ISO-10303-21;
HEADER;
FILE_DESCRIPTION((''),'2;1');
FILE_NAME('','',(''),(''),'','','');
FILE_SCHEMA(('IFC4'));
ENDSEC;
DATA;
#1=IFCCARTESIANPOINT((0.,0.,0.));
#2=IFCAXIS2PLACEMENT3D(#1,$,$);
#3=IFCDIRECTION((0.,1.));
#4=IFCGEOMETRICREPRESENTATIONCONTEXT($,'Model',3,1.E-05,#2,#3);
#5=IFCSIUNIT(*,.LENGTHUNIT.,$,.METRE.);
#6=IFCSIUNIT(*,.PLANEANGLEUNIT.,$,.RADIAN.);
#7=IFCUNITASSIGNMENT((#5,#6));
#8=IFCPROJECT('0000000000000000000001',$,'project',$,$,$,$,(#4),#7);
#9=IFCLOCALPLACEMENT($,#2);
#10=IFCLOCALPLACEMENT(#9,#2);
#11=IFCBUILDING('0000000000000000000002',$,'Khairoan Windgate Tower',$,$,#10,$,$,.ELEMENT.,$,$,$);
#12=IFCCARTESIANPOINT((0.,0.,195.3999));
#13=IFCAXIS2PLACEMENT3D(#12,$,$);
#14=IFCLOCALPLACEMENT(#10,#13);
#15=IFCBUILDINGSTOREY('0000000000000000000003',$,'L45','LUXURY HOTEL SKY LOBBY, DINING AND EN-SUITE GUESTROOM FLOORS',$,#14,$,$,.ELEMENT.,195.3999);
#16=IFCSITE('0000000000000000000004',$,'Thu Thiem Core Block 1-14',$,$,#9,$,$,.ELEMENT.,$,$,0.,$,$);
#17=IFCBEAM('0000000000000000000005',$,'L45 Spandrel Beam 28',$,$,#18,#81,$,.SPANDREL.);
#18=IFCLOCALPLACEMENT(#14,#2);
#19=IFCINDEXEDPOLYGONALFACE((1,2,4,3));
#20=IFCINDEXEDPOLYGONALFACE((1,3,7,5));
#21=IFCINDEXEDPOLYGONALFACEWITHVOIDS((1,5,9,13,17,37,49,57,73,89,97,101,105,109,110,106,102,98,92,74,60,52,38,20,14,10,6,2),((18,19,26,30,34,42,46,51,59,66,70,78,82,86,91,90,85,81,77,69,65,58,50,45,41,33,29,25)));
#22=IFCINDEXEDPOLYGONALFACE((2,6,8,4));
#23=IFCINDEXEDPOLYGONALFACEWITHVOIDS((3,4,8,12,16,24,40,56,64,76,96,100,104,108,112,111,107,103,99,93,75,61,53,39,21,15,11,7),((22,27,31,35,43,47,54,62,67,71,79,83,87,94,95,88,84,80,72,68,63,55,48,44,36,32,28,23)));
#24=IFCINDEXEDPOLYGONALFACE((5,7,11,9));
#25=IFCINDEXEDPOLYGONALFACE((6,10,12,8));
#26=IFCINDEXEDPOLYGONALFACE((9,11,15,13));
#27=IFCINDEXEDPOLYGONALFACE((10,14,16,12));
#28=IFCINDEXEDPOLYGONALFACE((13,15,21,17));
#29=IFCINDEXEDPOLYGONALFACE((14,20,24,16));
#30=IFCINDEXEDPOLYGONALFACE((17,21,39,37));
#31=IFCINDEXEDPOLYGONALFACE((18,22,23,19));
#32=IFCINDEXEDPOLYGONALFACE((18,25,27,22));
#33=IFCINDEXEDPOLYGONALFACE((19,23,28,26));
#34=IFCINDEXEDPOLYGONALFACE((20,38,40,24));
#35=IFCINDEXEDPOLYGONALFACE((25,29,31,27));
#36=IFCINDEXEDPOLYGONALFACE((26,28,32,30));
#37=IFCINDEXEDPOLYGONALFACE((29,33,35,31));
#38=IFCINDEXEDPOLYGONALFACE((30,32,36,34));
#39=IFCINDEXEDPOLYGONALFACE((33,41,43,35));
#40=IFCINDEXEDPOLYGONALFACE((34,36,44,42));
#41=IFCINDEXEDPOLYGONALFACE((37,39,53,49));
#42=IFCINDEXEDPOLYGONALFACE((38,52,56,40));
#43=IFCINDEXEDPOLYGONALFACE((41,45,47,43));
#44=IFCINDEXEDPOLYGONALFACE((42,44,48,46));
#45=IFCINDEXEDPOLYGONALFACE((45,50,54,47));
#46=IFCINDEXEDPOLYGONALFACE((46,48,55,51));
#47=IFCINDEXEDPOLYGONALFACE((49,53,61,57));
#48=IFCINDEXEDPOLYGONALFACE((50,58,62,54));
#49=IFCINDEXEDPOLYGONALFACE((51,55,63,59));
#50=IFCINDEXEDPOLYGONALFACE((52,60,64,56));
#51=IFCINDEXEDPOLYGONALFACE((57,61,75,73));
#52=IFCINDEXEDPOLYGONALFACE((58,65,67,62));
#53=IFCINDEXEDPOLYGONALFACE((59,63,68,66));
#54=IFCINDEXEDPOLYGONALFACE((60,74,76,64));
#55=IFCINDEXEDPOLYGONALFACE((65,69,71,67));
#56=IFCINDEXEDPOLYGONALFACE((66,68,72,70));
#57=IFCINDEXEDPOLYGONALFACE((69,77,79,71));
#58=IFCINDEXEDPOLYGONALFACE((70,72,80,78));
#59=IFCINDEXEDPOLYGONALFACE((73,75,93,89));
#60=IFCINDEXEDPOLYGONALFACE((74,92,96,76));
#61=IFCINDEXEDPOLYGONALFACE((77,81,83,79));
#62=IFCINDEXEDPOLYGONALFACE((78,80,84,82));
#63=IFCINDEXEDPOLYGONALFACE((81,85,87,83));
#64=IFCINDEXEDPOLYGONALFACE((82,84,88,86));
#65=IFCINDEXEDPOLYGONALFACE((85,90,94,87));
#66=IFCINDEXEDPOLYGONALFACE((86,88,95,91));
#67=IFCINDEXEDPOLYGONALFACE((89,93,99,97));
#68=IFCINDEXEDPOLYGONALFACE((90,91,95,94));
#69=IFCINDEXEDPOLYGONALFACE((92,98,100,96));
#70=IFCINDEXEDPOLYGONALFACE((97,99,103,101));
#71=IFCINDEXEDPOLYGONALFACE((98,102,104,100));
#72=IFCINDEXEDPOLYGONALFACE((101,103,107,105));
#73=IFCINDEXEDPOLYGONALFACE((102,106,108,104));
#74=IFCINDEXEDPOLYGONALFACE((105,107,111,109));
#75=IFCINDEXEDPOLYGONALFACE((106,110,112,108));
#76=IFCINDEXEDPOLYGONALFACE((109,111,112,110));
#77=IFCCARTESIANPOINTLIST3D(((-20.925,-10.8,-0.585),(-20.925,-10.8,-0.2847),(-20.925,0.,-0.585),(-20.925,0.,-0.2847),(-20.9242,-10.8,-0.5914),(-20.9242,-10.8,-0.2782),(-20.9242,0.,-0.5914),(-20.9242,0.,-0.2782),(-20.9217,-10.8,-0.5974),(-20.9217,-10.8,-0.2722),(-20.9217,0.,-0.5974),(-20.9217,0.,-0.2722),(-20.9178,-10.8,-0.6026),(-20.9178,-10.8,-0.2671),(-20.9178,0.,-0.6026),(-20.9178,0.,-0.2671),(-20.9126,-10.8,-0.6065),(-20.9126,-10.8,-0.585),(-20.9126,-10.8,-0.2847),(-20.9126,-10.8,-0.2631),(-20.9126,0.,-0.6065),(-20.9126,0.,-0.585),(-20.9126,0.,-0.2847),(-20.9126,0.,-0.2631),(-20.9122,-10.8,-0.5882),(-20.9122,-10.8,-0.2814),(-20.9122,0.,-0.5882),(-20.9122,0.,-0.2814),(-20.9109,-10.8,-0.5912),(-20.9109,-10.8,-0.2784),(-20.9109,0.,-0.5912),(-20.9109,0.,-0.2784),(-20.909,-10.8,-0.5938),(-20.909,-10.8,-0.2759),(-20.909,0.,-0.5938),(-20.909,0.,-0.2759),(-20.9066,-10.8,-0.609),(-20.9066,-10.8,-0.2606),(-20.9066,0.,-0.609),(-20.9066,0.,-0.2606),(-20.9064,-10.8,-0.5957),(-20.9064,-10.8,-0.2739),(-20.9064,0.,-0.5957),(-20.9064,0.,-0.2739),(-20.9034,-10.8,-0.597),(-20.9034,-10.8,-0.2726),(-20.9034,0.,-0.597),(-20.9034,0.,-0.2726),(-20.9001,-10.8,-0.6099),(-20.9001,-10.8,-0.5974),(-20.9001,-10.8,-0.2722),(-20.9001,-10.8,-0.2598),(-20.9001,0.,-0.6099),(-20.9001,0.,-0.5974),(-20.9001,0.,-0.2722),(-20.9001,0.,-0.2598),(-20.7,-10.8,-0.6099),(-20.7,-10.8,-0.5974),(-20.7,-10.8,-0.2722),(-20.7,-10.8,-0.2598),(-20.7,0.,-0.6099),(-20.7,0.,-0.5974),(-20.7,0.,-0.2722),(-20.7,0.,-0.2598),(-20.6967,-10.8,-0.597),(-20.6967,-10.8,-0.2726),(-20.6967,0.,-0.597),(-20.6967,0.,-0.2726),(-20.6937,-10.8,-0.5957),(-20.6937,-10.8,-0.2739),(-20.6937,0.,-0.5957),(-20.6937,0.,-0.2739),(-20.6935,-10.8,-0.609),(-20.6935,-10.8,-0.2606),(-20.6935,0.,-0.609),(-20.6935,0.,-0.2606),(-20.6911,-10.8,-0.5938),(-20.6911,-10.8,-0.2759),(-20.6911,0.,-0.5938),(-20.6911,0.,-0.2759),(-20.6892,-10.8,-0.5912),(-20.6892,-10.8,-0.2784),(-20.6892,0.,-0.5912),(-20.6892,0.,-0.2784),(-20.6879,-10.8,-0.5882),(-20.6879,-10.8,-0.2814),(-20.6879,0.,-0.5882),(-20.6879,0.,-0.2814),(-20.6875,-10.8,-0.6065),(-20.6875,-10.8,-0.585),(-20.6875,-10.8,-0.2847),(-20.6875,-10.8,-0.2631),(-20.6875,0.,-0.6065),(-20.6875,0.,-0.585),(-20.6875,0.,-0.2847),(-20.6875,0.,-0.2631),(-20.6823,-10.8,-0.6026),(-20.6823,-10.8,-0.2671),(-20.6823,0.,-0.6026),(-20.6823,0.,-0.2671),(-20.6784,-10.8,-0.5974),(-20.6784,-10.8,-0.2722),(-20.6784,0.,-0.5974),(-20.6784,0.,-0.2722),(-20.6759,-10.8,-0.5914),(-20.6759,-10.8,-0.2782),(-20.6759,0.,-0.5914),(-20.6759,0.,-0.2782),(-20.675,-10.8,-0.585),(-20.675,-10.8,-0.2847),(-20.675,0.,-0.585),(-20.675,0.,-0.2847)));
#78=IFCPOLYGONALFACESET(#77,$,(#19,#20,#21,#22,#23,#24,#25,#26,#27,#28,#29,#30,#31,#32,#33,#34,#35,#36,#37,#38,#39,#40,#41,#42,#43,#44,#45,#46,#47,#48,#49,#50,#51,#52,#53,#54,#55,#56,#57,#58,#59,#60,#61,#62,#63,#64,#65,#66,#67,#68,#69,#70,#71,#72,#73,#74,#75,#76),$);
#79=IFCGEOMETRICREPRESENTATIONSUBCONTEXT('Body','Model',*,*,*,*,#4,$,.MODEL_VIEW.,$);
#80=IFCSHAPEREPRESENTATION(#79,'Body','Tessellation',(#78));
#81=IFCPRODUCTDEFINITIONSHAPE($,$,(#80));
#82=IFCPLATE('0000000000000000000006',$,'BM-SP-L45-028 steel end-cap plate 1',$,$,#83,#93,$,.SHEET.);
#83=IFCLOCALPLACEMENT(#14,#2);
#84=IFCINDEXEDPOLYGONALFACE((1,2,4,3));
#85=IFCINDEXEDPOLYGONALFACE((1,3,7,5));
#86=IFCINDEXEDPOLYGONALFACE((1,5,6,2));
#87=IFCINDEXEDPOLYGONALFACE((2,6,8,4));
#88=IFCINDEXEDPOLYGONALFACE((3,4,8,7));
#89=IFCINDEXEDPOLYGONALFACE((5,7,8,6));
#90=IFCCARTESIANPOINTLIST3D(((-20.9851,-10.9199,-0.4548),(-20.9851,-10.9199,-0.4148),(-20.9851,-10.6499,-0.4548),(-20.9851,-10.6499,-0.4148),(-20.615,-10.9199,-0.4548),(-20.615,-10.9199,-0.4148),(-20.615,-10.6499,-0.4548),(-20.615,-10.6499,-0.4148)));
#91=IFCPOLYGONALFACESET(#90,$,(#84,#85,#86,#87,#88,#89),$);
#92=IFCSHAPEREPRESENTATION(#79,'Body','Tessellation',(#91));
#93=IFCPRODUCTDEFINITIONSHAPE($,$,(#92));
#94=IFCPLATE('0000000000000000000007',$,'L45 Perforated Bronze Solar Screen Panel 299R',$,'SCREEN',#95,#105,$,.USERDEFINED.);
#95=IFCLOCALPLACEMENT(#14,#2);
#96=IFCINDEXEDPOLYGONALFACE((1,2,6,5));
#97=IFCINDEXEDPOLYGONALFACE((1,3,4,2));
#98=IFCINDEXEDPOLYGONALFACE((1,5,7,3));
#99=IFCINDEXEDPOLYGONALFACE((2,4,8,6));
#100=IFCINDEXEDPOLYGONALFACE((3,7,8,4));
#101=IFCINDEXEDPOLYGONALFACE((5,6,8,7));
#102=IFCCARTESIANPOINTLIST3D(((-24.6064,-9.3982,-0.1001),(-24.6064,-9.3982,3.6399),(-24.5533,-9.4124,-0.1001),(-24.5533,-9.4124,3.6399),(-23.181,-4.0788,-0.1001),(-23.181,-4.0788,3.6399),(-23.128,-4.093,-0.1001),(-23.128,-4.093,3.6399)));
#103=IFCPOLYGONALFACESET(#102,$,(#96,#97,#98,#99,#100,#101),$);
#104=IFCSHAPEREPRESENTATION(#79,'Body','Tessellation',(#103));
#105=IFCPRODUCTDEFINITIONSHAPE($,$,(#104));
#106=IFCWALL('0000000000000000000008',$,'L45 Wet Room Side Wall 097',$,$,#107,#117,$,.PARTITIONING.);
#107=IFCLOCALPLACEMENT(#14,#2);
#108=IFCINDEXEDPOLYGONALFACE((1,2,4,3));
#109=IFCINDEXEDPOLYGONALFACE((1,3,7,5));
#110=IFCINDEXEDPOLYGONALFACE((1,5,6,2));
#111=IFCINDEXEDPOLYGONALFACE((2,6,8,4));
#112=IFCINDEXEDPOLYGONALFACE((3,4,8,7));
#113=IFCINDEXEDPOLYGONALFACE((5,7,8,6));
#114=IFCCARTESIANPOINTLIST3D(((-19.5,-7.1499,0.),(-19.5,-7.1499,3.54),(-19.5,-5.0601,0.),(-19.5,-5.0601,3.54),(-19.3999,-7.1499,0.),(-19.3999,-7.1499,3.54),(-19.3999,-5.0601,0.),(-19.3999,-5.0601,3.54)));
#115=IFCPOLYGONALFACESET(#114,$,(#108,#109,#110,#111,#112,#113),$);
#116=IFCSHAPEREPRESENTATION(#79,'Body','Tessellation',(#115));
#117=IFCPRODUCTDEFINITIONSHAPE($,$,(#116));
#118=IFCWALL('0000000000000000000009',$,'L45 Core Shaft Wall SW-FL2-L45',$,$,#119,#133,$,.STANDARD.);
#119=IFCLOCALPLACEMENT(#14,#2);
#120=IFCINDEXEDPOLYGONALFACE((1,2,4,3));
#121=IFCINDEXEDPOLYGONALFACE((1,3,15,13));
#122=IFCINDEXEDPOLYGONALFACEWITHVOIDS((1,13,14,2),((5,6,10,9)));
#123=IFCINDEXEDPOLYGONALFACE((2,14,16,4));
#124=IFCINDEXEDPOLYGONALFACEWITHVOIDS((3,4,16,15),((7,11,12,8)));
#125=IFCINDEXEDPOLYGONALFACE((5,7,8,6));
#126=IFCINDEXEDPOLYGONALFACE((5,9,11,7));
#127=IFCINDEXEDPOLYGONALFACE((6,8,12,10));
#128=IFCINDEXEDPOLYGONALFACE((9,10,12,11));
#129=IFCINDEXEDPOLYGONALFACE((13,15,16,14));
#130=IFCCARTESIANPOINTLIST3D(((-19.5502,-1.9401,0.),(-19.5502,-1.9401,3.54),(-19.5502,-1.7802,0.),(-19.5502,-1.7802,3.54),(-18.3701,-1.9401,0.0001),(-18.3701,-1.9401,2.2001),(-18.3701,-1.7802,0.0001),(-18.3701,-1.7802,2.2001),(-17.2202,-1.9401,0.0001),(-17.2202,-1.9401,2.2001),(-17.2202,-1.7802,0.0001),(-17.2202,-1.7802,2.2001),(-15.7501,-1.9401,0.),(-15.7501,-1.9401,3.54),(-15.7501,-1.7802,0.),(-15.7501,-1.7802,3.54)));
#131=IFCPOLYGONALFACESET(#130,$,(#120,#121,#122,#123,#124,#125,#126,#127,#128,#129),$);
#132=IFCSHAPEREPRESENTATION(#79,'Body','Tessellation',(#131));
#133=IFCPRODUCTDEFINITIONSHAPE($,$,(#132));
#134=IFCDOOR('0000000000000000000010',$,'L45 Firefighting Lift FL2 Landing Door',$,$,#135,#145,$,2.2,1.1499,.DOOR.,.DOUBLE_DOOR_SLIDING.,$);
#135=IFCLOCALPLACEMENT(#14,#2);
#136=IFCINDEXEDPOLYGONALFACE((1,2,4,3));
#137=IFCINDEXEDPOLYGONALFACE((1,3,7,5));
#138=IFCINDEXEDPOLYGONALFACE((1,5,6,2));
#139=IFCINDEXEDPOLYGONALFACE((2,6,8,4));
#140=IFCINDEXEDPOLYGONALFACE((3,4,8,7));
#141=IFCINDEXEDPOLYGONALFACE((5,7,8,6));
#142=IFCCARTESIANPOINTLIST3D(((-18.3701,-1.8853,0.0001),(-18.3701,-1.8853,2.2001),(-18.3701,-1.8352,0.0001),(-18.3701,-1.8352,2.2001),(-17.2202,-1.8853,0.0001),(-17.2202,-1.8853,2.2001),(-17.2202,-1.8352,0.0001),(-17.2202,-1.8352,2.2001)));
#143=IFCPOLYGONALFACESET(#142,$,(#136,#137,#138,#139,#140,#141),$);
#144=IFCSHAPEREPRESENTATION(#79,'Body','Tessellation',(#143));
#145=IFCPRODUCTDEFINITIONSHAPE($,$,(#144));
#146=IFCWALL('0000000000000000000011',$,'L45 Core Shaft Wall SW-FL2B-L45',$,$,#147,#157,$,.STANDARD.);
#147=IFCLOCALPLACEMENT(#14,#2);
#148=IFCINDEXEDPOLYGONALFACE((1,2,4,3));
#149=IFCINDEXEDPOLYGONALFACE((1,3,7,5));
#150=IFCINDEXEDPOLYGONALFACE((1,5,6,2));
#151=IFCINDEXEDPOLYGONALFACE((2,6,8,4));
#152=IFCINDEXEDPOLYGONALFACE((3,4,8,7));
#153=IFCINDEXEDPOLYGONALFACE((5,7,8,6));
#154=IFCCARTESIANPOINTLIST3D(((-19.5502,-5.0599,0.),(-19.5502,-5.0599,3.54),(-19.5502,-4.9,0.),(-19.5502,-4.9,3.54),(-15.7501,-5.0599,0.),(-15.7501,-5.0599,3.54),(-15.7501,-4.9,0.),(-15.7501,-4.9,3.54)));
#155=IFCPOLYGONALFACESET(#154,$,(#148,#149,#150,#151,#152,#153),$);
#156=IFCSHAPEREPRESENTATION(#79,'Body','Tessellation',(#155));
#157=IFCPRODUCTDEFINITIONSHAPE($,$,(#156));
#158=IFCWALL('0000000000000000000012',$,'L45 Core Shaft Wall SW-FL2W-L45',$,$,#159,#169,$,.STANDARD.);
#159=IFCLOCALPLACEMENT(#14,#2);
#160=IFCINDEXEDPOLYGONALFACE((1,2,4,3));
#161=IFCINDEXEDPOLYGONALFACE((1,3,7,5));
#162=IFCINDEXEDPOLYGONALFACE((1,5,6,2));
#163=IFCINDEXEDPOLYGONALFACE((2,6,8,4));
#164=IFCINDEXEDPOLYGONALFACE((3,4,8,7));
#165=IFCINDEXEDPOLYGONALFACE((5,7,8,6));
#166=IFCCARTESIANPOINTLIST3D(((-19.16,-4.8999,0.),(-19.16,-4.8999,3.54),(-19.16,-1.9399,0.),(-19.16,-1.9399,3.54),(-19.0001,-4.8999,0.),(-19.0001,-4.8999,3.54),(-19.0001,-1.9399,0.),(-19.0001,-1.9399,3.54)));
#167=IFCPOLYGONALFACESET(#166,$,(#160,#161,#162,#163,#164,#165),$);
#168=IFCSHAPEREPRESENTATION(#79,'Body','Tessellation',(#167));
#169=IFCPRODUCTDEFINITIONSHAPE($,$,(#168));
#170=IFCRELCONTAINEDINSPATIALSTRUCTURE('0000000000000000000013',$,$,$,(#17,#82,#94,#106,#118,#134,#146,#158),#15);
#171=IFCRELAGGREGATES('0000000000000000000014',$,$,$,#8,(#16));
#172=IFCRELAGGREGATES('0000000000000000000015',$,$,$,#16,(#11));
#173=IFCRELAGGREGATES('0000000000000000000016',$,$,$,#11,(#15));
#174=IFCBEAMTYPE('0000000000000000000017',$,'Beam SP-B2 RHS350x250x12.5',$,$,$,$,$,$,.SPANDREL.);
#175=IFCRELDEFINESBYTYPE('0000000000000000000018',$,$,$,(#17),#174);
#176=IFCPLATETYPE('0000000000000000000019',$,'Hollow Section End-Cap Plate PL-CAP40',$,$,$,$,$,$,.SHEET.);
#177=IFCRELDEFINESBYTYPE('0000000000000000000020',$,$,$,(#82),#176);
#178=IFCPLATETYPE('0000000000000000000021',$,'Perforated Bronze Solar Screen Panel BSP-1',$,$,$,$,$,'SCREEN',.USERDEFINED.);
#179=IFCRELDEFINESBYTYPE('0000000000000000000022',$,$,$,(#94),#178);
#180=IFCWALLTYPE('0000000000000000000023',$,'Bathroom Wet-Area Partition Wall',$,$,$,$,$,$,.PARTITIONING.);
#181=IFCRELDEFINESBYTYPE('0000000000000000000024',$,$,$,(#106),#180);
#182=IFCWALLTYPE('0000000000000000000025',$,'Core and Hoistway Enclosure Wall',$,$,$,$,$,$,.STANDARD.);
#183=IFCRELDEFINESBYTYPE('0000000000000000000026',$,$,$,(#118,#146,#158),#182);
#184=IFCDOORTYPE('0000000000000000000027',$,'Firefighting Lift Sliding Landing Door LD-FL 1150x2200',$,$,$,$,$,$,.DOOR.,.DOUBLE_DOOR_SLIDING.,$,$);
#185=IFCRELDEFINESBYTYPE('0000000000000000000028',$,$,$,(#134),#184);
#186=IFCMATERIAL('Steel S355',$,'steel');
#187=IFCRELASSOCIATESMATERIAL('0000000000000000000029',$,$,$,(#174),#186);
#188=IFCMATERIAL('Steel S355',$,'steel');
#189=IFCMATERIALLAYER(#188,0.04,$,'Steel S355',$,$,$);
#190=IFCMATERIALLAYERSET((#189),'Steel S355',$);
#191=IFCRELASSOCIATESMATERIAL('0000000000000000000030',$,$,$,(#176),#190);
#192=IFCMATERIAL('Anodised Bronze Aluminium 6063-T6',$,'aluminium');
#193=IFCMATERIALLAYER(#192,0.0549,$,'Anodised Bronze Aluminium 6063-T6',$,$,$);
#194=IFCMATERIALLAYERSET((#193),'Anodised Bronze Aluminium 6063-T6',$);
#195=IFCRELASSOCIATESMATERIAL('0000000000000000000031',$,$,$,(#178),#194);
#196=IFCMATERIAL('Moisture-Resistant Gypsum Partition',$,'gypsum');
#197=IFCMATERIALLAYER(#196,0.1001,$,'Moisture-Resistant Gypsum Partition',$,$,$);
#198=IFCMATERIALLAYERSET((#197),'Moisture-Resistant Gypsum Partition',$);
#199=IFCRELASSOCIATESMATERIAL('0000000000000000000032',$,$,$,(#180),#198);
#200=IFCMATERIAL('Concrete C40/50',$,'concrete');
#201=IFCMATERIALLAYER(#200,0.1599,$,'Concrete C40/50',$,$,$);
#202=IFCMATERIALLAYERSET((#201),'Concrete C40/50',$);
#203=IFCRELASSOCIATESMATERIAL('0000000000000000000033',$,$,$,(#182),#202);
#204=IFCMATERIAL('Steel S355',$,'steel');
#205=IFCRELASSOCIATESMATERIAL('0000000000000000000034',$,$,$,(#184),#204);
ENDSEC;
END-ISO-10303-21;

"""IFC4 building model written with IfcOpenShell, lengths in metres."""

from ifc_helpers import new_model, si_unit, direction, frame, frame_2d, origin, origin_2d, place, context, subcontext, project, spatial, rectangle, hollow_rectangle, extrude, material, layer, layer_set, material_profile, profile_set, type_object, element, fill, save


model = new_model("IFC4")

# Units and contexts
model_context = context("Model", 3, precision=1e-05, world=origin(), true_north=direction((0.0, 1.0)))
body_context = subcontext(model_context, "Body", "Model", "MODEL_VIEW")
ifc_project = project(units=[si_unit("LENGTHUNIT", "METRE"), si_unit("PLANEANGLEUNIT", "RADIAN")], contexts=[model_context])

# Site, building, storey
site_placement = place(None, origin())
site = spatial("IfcSite", under=ifc_project, at=site_placement, Name="Thu Thiem Core Block 1-14", CompositionType="ELEMENT", RefElevation=0.0)
building_placement = place(site_placement, origin())
building = spatial("IfcBuilding", under=site, at=building_placement, Name="Khairoan Windgate Tower", CompositionType="ELEMENT")
storey_placement = place(building_placement, frame((0.0, 0.0, 195.3999)))
storey = spatial("IfcBuildingStorey", under=building, at=storey_placement, Name="L45", Description="LUXURY HOTEL SKY LOBBY, DINING AND EN-SUITE GUESTROOM FLOORS", CompositionType="ELEMENT", Elevation=195.3999)

# Beam
ifc_material_1 = material(Name="Steel S355", Category="steel")
ifc_material_profile_1 = material_profile(ifc_material_1, hollow_rectangle(XDim=0.25, YDim=0.3501, WallThickness=0.0125, InnerFilletRadius=0.0125, OuterFilletRadius=0.0249, at=origin_2d()))
ifc_profile_set_1 = profile_set([ifc_material_profile_1], Name="Steel S355")
beam_type_1 = type_object("IfcBeamType", Name="Beam SP-B2 RHS350x250x12.5", PredefinedType="SPANDREL", material=ifc_profile_set_1)
beam_1_placement = place(storey_placement, frame((-20.8, -10.8, -0.4348), z_axis=(0.0, 1.0, 0.0), x_axis=(-1.0, 0.0, 0.0)))
element("IfcBeam", 1, at=beam_1_placement, inside=storey, type_object=beam_type_1, Name="L45 Spandrel Beam 28", PredefinedType="SPANDREL", context=body_context, shape_type="SweptSolid", body=[
    extrude(hollow_rectangle(XDim=0.25, YDim=0.3501, WallThickness=0.0125, InnerFilletRadius=0.0125, OuterFilletRadius=0.0249, at=origin_2d()), origin(), (0.0, 0.0, 1.0), 10.8),
])

# Plates
ifc_material_2 = material(Name="Steel S355", Category="steel")
ifc_layer_1 = layer(ifc_material_2, 0.04, Name="Steel S355")
ifc_layer_set_1 = layer_set([ifc_layer_1], Name="Steel S355")
plate_type_1 = type_object("IfcPlateType", Name="Hollow Section End-Cap Plate PL-CAP40", PredefinedType="SHEET", material=ifc_layer_set_1)
plate_1_placement = place(storey_placement, frame((-20.8, -10.7849, -0.4548), z_axis=(0.0, 0.0, 1.0), x_axis=(0.0, 1.0, 0.0)))
element("IfcPlate", 2, at=plate_1_placement, inside=storey, type_object=plate_type_1, Name="BM-SP-L45-028 steel end-cap plate 1", PredefinedType="SHEET", context=body_context, shape_type="SweptSolid", body=[
    extrude(rectangle(XDim=0.27, YDim=0.3701, at=origin_2d()), origin(), (0.0, 0.0, 1.0), 0.04),
])
ifc_material_3 = material(Name="Anodised Bronze Aluminium 6063-T6", Category="aluminium")
ifc_layer_2 = layer(ifc_material_3, 0.0549, Name="Anodised Bronze Aluminium 6063-T6")
ifc_layer_set_2 = layer_set([ifc_layer_2], Name="Anodised Bronze Aluminium 6063-T6")
plate_type_2 = type_object("IfcPlateType", Name="Perforated Bronze Solar Screen Panel BSP-1", ElementType="SCREEN", PredefinedType="USERDEFINED", material=ifc_layer_set_2)
plate_2_placement = place(storey_placement, frame((-23.8672, -6.7456, -0.1001), z_axis=(0.0, 0.0, 1.0), x_axis=(0.258819, 0.965926, 0.0)))
element("IfcPlate", 3, at=plate_2_placement, inside=storey, type_object=plate_type_2, Name="L45 Perforated Bronze Solar Screen Panel 299R", ObjectType="SCREEN", PredefinedType="USERDEFINED", context=body_context, shape_type="SweptSolid", body=[
    extrude(rectangle(XDim=5.5071, YDim=0.0549, at=origin_2d()), origin(), (0.0, 0.0, 1.0), 3.74),
])

# Wall
ifc_material_4 = material(Name="Moisture-Resistant Gypsum Partition", Category="gypsum")
ifc_layer_3 = layer(ifc_material_4, 0.1001, Name="Moisture-Resistant Gypsum Partition")
ifc_layer_set_3 = layer_set([ifc_layer_3], Name="Moisture-Resistant Gypsum Partition")
wall_type_1 = type_object("IfcWallType", Name="Bathroom Wet-Area Partition Wall", PredefinedType="PARTITIONING", material=ifc_layer_set_3)
wall_1_placement = place(storey_placement, frame((-19.45, -7.1499, 0.0), z_axis=(0.0, 0.0, 1.0), x_axis=(0.0, 1.0, 0.0)))
element("IfcWall", 4, at=wall_1_placement, inside=storey, type_object=wall_type_1, Name="L45 Wet Room Side Wall 097", PredefinedType="PARTITIONING", context=body_context, shape_type="SweptSolid", body=[
    extrude(rectangle(XDim=2.0898, YDim=0.1001, at=frame_2d((1.0449, 0.0))), origin(), (0.0, 0.0, 1.0), 3.54),
])

# Wall, opening, door
ifc_material_5 = material(Name="Concrete C40/50", Category="concrete")
ifc_layer_4 = layer(ifc_material_5, 0.1599, Name="Concrete C40/50")
ifc_layer_set_4 = layer_set([ifc_layer_4], Name="Concrete C40/50")
wall_type_2 = type_object("IfcWallType", Name="Core and Hoistway Enclosure Wall", PredefinedType="STANDARD", material=ifc_layer_set_4)
wall_2_placement = place(storey_placement, frame((-19.55, -1.8601, 0.0), z_axis=(0.0, 0.0, 1.0), x_axis=(1.0, 0.0, 0.0)))
wall_2 = element("IfcWall", 5, at=wall_2_placement, inside=storey, type_object=wall_type_2, Name="L45 Core Shaft Wall SW-FL2-L45", PredefinedType="STANDARD", context=body_context, shape_type="SweptSolid", body=[
    extrude(rectangle(XDim=3.8, YDim=0.1599, at=frame_2d((1.8999, 0.0))), origin(), (0.0, 0.0, 1.0), 3.54),
])
opening_1_placement = place(wall_2_placement, frame((1.1799, 0.0, 0.0)))
opening_1 = element("IfcOpeningElement", 6, at=opening_1_placement, cuts=wall_2, PredefinedType="OPENING", context=body_context, shape_type="SweptSolid", body=[
    extrude(rectangle(XDim=1.1499, YDim=2.2, at=frame_2d((0.575, 1.1001))), frame((0.0, 0.0898, 0.0), z_axis=(0.0, -1.0, 0.0), x_axis=(1.0, 0.0, 0.0)), (0.0, 0.0, 1.0), 0.1799),
])
ifc_material_6 = material(Name="Steel S355", Category="steel")
door_type_1 = type_object("IfcDoorType", Name="Firefighting Lift Sliding Landing Door LD-FL 1150x2200", OperationType="DOUBLE_DOOR_SLIDING", PredefinedType="DOOR", material=ifc_material_6)
door_1_placement = place(opening_1_placement, origin())
door_1 = element("IfcDoor", 7, at=door_1_placement, inside=storey, type_object=door_type_1, Name="L45 Firefighting Lift FL2 Landing Door", OperationType="DOUBLE_DOOR_SLIDING", OverallHeight=2.2, OverallWidth=1.1499, PredefinedType="DOOR", context=body_context, shape_type="SweptSolid", body=[
    extrude(rectangle(XDim=1.1499, YDim=2.2, at=frame_2d((0.575, 1.1001))), frame((0.0, 0.0249, 0.0), z_axis=(0.0, -1.0, 0.0), x_axis=(1.0, 0.0, 0.0)), (0.0, 0.0, 1.0), 0.05),
])
fill(opening_1, door_1)

# Walls
wall_3_placement = place(storey_placement, frame((-19.55, -4.98, 0.0), z_axis=(0.0, 0.0, 1.0), x_axis=(1.0, 0.0, 0.0)))
element("IfcWall", 8, at=wall_3_placement, inside=storey, type_object=wall_type_2, Name="L45 Core Shaft Wall SW-FL2B-L45", PredefinedType="STANDARD", context=body_context, shape_type="SweptSolid", body=[
    extrude(rectangle(XDim=3.8, YDim=0.1599, at=frame_2d((1.8999, 0.0))), origin(), (0.0, 0.0, 1.0), 3.54),
])
wall_4_placement = place(storey_placement, frame((-19.0801, -4.8999, 0.0), z_axis=(0.0, 0.0, 1.0), x_axis=(0.0, 1.0, 0.0)))
element("IfcWall", 9, at=wall_4_placement, inside=storey, type_object=wall_type_2, Name="L45 Core Shaft Wall SW-FL2W-L45", PredefinedType="STANDARD", context=body_context, shape_type="SweptSolid", body=[
    extrude(rectangle(XDim=2.96, YDim=0.1599, at=frame_2d((1.48, 0.0))), origin(), (0.0, 0.0, 1.0), 3.54),
])

save(model, "model.ifc")
